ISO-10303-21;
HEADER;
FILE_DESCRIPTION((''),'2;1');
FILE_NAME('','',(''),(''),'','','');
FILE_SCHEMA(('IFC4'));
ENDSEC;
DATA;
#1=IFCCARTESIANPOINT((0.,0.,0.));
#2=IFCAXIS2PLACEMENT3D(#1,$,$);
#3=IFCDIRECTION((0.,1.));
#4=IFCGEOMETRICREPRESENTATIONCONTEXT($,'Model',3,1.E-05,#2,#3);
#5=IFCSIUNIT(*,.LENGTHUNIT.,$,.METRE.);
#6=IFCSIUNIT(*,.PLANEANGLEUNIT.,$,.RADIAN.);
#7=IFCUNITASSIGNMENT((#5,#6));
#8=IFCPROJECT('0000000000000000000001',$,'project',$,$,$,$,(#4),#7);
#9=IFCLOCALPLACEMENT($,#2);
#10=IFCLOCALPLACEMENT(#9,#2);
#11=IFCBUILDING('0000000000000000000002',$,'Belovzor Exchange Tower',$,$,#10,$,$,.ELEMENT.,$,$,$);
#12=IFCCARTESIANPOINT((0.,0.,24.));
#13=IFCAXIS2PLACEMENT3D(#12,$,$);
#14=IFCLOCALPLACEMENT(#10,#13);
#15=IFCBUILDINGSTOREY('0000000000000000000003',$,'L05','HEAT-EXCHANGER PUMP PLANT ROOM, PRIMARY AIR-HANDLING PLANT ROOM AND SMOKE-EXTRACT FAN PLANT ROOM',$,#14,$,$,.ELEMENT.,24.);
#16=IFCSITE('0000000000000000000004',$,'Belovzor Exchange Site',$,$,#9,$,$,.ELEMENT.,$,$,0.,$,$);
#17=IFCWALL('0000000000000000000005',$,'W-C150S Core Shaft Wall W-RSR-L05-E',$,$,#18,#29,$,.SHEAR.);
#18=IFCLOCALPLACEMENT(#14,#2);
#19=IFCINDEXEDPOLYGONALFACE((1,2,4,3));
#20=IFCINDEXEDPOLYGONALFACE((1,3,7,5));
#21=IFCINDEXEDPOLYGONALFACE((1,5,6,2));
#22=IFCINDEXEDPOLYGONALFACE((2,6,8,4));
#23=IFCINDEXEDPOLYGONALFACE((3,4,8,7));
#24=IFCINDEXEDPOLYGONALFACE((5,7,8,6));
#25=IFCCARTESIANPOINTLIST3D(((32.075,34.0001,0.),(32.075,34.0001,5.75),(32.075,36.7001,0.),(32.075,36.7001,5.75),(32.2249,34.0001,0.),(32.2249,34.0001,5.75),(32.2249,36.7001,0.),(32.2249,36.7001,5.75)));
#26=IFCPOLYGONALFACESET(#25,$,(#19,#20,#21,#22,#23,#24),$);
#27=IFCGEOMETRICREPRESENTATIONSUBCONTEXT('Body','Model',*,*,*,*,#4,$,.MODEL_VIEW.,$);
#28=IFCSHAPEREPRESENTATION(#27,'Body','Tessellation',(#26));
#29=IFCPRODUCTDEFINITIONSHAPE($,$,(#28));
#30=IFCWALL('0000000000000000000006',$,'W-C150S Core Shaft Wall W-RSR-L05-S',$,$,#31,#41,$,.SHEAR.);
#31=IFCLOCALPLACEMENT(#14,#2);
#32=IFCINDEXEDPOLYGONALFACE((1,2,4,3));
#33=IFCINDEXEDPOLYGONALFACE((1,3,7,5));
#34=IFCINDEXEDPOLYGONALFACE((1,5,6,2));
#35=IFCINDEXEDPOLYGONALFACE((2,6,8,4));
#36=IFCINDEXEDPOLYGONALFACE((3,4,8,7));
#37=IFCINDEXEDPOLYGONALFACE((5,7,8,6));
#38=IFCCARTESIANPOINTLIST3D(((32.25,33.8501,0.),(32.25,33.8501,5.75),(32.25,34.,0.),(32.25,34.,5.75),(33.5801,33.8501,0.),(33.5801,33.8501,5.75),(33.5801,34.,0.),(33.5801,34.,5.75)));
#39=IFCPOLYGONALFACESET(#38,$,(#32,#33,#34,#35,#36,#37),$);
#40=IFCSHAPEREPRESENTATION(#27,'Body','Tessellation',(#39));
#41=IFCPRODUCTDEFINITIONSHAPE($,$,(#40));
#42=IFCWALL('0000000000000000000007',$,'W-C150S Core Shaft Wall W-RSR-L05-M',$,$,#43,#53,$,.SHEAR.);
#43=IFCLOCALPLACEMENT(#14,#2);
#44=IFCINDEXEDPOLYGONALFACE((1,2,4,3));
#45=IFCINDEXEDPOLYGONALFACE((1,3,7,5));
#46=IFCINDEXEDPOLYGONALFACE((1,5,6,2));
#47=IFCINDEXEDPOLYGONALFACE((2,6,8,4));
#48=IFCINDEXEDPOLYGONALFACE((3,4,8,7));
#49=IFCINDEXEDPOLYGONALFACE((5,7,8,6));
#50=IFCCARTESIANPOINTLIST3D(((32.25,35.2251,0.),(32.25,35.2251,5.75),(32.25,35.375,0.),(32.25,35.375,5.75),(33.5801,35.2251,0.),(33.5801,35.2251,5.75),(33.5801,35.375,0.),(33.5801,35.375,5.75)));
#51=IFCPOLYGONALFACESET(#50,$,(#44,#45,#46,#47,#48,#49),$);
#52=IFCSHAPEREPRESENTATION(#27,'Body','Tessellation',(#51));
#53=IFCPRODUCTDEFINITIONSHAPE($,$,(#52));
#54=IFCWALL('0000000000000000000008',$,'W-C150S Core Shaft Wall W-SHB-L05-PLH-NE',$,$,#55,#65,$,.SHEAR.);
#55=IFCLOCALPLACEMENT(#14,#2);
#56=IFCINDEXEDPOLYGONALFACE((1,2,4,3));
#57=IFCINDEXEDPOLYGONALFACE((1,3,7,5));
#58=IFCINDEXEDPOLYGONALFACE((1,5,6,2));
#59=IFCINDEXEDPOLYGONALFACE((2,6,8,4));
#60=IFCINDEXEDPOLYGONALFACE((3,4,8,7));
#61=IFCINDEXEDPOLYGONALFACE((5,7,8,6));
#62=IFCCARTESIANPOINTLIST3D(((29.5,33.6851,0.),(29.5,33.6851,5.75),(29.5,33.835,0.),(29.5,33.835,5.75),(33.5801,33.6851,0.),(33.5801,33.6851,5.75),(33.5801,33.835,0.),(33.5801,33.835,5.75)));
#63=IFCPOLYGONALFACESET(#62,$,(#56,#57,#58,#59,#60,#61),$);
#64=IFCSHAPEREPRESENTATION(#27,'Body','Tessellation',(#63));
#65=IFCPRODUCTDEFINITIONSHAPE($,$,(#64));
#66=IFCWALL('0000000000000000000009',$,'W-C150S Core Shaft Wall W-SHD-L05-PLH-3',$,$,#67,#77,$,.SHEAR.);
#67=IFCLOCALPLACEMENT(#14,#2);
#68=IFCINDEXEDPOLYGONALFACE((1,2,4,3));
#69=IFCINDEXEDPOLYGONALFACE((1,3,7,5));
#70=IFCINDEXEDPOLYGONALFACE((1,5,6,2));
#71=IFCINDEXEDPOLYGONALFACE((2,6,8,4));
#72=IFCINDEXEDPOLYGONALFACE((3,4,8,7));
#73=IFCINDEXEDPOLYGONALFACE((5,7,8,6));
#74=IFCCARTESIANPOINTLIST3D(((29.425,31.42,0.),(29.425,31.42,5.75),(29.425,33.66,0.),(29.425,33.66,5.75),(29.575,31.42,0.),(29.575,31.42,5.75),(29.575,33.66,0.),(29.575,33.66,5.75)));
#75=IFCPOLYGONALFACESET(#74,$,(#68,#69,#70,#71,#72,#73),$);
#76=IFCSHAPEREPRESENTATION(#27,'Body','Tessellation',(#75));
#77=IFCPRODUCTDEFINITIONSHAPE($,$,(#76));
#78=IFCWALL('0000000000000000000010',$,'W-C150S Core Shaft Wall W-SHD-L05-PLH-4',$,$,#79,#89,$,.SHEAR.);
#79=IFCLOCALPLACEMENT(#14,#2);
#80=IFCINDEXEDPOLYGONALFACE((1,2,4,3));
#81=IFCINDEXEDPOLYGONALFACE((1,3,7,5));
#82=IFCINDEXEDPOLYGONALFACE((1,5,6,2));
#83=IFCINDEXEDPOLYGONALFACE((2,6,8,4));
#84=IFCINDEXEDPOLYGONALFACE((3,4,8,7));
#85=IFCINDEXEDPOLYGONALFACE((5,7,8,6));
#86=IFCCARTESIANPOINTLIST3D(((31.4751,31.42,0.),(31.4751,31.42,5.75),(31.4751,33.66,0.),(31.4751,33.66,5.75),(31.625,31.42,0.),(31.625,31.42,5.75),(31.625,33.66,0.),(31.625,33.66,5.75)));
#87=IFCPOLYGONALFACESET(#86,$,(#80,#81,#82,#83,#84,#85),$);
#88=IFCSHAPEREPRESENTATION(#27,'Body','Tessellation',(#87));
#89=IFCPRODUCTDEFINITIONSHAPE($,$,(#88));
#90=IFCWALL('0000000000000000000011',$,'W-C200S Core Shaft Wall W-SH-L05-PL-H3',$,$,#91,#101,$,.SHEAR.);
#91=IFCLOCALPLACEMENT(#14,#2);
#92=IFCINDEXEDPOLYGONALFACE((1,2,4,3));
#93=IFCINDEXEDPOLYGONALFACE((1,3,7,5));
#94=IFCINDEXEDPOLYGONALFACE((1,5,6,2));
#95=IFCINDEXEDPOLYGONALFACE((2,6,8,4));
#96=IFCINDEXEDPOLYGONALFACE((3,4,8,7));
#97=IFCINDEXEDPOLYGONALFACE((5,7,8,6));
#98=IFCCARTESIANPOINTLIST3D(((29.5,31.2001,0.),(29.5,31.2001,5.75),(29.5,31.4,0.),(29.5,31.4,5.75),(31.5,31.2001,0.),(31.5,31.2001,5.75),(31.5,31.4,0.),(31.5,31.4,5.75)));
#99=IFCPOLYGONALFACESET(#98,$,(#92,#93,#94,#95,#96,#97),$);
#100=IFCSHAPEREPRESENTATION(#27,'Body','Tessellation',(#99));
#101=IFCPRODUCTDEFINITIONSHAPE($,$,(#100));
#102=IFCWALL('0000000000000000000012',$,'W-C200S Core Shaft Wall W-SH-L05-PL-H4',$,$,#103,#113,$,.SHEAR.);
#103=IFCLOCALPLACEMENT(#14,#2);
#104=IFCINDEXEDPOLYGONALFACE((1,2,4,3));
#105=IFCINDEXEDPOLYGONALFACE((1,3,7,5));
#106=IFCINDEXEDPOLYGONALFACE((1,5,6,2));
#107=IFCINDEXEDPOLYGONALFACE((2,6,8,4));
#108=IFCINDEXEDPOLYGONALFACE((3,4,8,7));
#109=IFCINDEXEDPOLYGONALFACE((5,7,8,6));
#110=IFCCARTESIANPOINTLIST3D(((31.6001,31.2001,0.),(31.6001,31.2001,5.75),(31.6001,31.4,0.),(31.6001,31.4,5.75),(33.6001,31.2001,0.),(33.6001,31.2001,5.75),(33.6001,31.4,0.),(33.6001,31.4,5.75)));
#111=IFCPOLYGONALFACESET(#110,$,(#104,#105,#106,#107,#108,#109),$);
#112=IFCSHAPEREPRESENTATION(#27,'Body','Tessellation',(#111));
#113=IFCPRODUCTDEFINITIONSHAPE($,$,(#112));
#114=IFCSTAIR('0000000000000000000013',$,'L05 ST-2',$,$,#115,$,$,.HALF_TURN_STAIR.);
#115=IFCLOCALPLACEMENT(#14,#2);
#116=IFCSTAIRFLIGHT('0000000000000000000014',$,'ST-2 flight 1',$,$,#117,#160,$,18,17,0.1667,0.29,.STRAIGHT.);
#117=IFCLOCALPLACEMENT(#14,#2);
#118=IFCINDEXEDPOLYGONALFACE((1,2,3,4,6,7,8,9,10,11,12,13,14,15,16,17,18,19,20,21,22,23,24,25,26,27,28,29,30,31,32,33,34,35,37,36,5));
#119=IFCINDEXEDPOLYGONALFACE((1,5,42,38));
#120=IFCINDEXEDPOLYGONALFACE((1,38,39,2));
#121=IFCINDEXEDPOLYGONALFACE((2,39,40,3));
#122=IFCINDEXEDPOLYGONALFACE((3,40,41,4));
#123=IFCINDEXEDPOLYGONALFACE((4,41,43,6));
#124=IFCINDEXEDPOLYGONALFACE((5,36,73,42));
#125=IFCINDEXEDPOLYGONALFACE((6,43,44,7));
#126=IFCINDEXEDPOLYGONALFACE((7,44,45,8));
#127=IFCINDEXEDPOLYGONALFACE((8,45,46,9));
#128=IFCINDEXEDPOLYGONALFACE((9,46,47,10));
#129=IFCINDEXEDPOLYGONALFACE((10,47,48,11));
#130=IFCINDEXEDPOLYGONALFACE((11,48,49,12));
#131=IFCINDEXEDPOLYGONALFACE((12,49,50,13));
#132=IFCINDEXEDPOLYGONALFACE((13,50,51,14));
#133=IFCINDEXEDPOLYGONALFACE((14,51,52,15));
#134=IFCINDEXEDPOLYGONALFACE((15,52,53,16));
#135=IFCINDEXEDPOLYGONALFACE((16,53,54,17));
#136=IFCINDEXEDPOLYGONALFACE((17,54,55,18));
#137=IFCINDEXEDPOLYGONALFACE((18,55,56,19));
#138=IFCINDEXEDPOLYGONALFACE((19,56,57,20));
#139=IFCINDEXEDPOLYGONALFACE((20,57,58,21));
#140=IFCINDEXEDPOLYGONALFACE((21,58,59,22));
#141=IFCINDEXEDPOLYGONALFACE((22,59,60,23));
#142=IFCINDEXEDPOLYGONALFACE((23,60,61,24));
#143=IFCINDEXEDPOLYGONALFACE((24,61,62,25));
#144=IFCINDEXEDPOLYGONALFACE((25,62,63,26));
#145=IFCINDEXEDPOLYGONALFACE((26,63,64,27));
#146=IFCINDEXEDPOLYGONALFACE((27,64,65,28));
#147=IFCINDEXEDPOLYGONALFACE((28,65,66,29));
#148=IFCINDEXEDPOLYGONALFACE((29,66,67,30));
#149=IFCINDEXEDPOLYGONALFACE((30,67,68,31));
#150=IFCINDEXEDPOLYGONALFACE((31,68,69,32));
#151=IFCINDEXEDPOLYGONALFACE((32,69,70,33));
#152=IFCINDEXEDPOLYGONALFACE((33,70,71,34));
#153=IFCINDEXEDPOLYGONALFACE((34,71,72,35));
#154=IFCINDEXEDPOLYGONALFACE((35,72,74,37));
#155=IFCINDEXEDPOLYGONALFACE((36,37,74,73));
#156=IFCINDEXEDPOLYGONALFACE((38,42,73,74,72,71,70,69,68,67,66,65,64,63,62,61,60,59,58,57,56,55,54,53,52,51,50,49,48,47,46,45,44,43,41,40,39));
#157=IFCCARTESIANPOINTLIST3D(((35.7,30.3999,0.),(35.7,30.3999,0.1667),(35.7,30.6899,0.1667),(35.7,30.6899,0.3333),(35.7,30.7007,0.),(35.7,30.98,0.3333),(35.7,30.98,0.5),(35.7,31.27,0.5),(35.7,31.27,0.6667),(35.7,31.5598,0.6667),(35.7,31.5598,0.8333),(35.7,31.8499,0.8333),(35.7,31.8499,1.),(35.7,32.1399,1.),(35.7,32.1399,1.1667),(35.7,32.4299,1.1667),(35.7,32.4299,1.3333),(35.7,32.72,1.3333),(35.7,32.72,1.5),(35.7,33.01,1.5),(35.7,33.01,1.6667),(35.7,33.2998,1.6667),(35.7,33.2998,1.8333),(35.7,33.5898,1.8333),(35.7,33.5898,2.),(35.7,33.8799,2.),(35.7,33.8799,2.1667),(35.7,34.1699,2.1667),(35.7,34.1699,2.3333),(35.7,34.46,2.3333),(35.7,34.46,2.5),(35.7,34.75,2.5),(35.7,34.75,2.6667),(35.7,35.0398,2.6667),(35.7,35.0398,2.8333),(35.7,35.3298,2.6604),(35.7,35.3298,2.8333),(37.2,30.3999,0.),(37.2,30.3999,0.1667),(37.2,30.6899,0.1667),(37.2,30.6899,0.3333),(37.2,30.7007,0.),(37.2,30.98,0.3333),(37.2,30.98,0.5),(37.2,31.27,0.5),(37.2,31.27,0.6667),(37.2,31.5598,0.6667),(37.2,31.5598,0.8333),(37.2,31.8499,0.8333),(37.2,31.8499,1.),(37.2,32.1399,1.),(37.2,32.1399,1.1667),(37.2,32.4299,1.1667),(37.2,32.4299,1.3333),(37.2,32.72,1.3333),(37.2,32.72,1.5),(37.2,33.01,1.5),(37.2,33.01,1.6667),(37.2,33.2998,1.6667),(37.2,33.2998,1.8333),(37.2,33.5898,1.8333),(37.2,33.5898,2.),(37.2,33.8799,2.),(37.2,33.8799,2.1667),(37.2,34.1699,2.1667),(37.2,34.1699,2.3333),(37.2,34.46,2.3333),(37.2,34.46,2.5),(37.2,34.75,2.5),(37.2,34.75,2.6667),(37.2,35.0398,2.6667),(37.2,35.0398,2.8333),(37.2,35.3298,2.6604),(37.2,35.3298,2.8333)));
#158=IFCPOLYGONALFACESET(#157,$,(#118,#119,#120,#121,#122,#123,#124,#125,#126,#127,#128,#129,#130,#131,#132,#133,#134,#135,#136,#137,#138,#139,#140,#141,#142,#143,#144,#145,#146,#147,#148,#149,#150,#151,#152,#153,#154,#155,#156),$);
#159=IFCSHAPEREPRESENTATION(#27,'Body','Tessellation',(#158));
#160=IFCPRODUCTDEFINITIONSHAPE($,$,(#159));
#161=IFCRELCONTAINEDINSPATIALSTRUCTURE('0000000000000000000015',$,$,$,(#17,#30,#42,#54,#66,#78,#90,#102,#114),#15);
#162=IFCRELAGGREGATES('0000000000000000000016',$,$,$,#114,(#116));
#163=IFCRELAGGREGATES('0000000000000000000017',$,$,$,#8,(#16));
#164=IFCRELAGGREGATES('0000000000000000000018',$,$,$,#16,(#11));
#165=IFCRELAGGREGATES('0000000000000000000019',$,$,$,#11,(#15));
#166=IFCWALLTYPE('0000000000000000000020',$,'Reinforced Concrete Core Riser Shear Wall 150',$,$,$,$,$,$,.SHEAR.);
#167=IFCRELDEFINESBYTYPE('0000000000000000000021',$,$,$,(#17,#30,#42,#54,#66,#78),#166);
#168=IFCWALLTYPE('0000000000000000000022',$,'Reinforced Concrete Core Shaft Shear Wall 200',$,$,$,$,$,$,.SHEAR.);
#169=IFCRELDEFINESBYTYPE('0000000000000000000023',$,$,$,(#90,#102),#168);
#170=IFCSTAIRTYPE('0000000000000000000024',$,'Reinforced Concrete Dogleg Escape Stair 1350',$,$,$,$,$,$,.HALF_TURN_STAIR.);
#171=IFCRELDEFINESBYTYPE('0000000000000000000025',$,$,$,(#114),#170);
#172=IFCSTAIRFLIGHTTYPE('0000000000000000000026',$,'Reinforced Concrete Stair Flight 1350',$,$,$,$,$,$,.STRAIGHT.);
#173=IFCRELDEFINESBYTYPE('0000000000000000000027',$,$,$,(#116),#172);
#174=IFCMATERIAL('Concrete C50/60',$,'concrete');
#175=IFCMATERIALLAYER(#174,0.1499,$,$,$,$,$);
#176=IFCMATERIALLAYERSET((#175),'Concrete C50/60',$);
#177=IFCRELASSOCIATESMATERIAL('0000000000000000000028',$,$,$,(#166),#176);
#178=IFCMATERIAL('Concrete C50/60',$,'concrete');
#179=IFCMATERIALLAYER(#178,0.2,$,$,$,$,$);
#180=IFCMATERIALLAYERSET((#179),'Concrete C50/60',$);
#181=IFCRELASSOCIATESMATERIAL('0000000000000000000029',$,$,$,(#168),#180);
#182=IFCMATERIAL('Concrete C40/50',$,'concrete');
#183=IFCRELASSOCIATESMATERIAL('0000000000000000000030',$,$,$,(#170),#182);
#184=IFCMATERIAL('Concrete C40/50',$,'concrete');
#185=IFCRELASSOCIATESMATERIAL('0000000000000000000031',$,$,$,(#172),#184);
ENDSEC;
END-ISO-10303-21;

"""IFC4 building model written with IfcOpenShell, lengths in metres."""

from ifc_helpers import new_model, si_unit, direction, frame, frame_2d, origin, place, context, subcontext, project, spatial, polyline, rectangle, outline, extrude, material, layer, layer_set, type_object, element, aggregate, save


model = new_model("IFC4")

# Units and contexts
model_context = context("Model", 3, precision=1e-05, world=origin(), true_north=direction((0.0, 1.0)))
body_context = subcontext(model_context, "Body", "Model", "MODEL_VIEW")
ifc_project = project(units=[si_unit("LENGTHUNIT", "METRE"), si_unit("PLANEANGLEUNIT", "RADIAN")], contexts=[model_context])

# Site, building, storey
site_placement = place(None, origin())
site = spatial("IfcSite", under=ifc_project, at=site_placement, Name="Belovzor Exchange Site", CompositionType="ELEMENT", RefElevation=0.0)
building_placement = place(site_placement, origin())
building = spatial("IfcBuilding", under=site, at=building_placement, Name="Belovzor Exchange Tower", CompositionType="ELEMENT")
storey_placement = place(building_placement, frame((0.0, 0.0, 24.0)))
storey = spatial("IfcBuildingStorey", under=building, at=storey_placement, Name="L05", Description="HEAT-EXCHANGER PUMP PLANT ROOM, PRIMARY AIR-HANDLING PLANT ROOM AND SMOKE-EXTRACT FAN PLANT ROOM", CompositionType="ELEMENT", Elevation=24.0)

# Walls
ifc_material_1 = material(Name="Concrete C50/60", Category="concrete")
ifc_layer_1 = layer(ifc_material_1, 0.1499)
ifc_layer_set_1 = layer_set([ifc_layer_1], Name="Concrete C50/60")
wall_type_1 = type_object("IfcWallType", Name="Reinforced Concrete Core Riser Shear Wall 150", PredefinedType="SHEAR", material=ifc_layer_set_1)
wall_1_placement = place(storey_placement, frame((32.1499, 34.0, 0.0), z_axis=(0.0, 0.0, 1.0), x_axis=(0.0, 1.0, 0.0)))
element("IfcWall", 1, at=wall_1_placement, inside=storey, type_object=wall_type_1, Name="W-C150S Core Shaft Wall W-RSR-L05-E", PredefinedType="SHEAR", context=body_context, shape_type="SweptSolid", body=[
    extrude(rectangle(XDim=2.7, YDim=0.1499, at=frame_2d((1.3501, 0.0))), origin(), (0.0, 0.0, 1.0), 5.75),
])
for number, where, z_axis, x_axis, name in (
    (2, (32.25, 33.925, 0.0), (0.0, 0.0, 1.0), (1.0, 0.0, 0.0), "W-C150S Core Shaft Wall W-RSR-L05-S"),
    (3, (32.25, 35.3, 0.0), (0.0, 0.0, 1.0), (1.0, 0.0, 0.0), "W-C150S Core Shaft Wall W-RSR-L05-M"),
):
    element("IfcWall", number, at=place(storey_placement, frame(where, z_axis=z_axis, x_axis=x_axis)), inside=storey, type_object=wall_type_1, Name=name, PredefinedType="SHEAR", context=body_context, shape_type="SweptSolid", body=[
        extrude(rectangle(XDim=1.3301, YDim=0.1499, at=frame_2d((0.665, 0.0))), origin(), (0.0, 0.0, 1.0), 5.75),
    ])
wall_2_placement = place(storey_placement, frame((29.5, 33.76, 0.0), z_axis=(0.0, 0.0, 1.0), x_axis=(1.0, 0.0, 0.0)))
element("IfcWall", 4, at=wall_2_placement, inside=storey, type_object=wall_type_1, Name="W-C150S Core Shaft Wall W-SHB-L05-PLH-NE", PredefinedType="SHEAR", context=body_context, shape_type="SweptSolid", body=[
    extrude(rectangle(XDim=4.0801, YDim=0.1499, at=frame_2d((2.04, 0.0))), origin(), (0.0, 0.0, 1.0), 5.75),
])
for number, where, z_axis, x_axis, name in (
    (5, (29.5, 31.4199, 0.0), (0.0, 0.0, 1.0), (0.0, 1.0, 0.0), "W-C150S Core Shaft Wall W-SHD-L05-PLH-3"),
    (6, (31.55, 31.4199, 0.0), (0.0, 0.0, 1.0), (0.0, 1.0, 0.0), "W-C150S Core Shaft Wall W-SHD-L05-PLH-4"),
):
    element("IfcWall", number, at=place(storey_placement, frame(where, z_axis=z_axis, x_axis=x_axis)), inside=storey, type_object=wall_type_1, Name=name, PredefinedType="SHEAR", context=body_context, shape_type="SweptSolid", body=[
        extrude(rectangle(XDim=2.24, YDim=0.1499, at=frame_2d((1.1201, 0.0))), origin(), (0.0, 0.0, 1.0), 5.75),
    ])
ifc_material_2 = material(Name="Concrete C50/60", Category="concrete")
ifc_layer_2 = layer(ifc_material_2, 0.2)
ifc_layer_set_2 = layer_set([ifc_layer_2], Name="Concrete C50/60")
wall_type_2 = type_object("IfcWallType", Name="Reinforced Concrete Core Shaft Shear Wall 200", PredefinedType="SHEAR", material=ifc_layer_set_2)
for number, where, z_axis, x_axis, name in (
    (7, (29.5, 31.3, 0.0), (0.0, 0.0, 1.0), (1.0, 0.0, 0.0), "W-C200S Core Shaft Wall W-SH-L05-PL-H3"),
    (8, (31.6001, 31.3, 0.0), (0.0, 0.0, 1.0), (1.0, 0.0, 0.0), "W-C200S Core Shaft Wall W-SH-L05-PL-H4"),
):
    element("IfcWall", number, at=place(storey_placement, frame(where, z_axis=z_axis, x_axis=x_axis)), inside=storey, type_object=wall_type_2, Name=name, PredefinedType="SHEAR", context=body_context, shape_type="SweptSolid", body=[
        extrude(rectangle(XDim=2.0, YDim=0.2, at=frame_2d((1.0, 0.0))), origin(), (0.0, 0.0, 1.0), 5.75),
    ])

# Stair, stair flight
ifc_material_3 = material(Name="Concrete C40/50", Category="concrete")
stair_type = type_object("IfcStairType", Name="Reinforced Concrete Dogleg Escape Stair 1350", PredefinedType="HALF_TURN_STAIR", material=ifc_material_3)
stair_placement = place(storey_placement, origin())
stair = element("IfcStair", 9, at=stair_placement, inside=storey, type_object=stair_type, Name="L05 ST-2", PredefinedType="HALF_TURN_STAIR")
ifc_material_4 = material(Name="Concrete C40/50", Category="concrete")
stair_flight_type = type_object("IfcStairFlightType", Name="Reinforced Concrete Stair Flight 1350", PredefinedType="STRAIGHT", material=ifc_material_4)
stair_flight_1_placement = place(storey_placement, frame((36.45, 30.3999, 0.0), z_axis=(0.0, 0.0, 1.0), x_axis=(0.0, 1.0, 0.0)))
stair_flight_1 = element("IfcStairFlight", 10, at=stair_flight_1_placement, type_object=stair_flight_type, Name="ST-2 flight 1", NumberOfRisers=18, NumberOfTreads=17, PredefinedType="STRAIGHT", RiserHeight=0.1667, TreadLength=0.29, context=body_context, shape_type="SweptSolid", body=[
    extrude(outline(polyline([(0.0, 0.0), (0.0, 0.1667), (0.29, 0.1667), (0.29, 0.3333), (0.5801, 0.3333), (0.5801, 0.5), (0.8701, 0.5), (0.8701, 0.6667), (1.1599, 0.6667), (1.1599, 0.8333), (1.45, 0.8333), (1.45, 1.0), (1.74, 1.0), (1.74, 1.1667), (2.03, 1.1667), (2.03, 1.3333), (2.3201, 1.3333), (2.3201, 1.5), (2.6101, 1.5), (2.6101, 1.6667), (2.8999, 1.6667), (2.8999, 1.8333), (3.1899, 1.8333), (3.1899, 2.0), (3.48, 2.0), (3.48, 2.1667), (3.77, 2.1667), (3.77, 2.3333), (4.0601, 2.3333), (4.0601, 2.5), (4.3501, 2.5), (4.3501, 2.6667), (4.6399, 2.6667), (4.6399, 2.8333), (4.9299, 2.8333), (4.9299, 3.0), (4.9299, 2.6604), (0.3008, 0.0), (0.0, 0.0)])), frame((0.0, 0.75, 0.0), z_axis=(0.0, -1.0, 0.0), x_axis=(1.0, 0.0, 0.0)), (0.0, 0.0, 1.0), 1.5),
])
aggregate(stair, [stair_flight_1])

save(model, "model.ifc")
